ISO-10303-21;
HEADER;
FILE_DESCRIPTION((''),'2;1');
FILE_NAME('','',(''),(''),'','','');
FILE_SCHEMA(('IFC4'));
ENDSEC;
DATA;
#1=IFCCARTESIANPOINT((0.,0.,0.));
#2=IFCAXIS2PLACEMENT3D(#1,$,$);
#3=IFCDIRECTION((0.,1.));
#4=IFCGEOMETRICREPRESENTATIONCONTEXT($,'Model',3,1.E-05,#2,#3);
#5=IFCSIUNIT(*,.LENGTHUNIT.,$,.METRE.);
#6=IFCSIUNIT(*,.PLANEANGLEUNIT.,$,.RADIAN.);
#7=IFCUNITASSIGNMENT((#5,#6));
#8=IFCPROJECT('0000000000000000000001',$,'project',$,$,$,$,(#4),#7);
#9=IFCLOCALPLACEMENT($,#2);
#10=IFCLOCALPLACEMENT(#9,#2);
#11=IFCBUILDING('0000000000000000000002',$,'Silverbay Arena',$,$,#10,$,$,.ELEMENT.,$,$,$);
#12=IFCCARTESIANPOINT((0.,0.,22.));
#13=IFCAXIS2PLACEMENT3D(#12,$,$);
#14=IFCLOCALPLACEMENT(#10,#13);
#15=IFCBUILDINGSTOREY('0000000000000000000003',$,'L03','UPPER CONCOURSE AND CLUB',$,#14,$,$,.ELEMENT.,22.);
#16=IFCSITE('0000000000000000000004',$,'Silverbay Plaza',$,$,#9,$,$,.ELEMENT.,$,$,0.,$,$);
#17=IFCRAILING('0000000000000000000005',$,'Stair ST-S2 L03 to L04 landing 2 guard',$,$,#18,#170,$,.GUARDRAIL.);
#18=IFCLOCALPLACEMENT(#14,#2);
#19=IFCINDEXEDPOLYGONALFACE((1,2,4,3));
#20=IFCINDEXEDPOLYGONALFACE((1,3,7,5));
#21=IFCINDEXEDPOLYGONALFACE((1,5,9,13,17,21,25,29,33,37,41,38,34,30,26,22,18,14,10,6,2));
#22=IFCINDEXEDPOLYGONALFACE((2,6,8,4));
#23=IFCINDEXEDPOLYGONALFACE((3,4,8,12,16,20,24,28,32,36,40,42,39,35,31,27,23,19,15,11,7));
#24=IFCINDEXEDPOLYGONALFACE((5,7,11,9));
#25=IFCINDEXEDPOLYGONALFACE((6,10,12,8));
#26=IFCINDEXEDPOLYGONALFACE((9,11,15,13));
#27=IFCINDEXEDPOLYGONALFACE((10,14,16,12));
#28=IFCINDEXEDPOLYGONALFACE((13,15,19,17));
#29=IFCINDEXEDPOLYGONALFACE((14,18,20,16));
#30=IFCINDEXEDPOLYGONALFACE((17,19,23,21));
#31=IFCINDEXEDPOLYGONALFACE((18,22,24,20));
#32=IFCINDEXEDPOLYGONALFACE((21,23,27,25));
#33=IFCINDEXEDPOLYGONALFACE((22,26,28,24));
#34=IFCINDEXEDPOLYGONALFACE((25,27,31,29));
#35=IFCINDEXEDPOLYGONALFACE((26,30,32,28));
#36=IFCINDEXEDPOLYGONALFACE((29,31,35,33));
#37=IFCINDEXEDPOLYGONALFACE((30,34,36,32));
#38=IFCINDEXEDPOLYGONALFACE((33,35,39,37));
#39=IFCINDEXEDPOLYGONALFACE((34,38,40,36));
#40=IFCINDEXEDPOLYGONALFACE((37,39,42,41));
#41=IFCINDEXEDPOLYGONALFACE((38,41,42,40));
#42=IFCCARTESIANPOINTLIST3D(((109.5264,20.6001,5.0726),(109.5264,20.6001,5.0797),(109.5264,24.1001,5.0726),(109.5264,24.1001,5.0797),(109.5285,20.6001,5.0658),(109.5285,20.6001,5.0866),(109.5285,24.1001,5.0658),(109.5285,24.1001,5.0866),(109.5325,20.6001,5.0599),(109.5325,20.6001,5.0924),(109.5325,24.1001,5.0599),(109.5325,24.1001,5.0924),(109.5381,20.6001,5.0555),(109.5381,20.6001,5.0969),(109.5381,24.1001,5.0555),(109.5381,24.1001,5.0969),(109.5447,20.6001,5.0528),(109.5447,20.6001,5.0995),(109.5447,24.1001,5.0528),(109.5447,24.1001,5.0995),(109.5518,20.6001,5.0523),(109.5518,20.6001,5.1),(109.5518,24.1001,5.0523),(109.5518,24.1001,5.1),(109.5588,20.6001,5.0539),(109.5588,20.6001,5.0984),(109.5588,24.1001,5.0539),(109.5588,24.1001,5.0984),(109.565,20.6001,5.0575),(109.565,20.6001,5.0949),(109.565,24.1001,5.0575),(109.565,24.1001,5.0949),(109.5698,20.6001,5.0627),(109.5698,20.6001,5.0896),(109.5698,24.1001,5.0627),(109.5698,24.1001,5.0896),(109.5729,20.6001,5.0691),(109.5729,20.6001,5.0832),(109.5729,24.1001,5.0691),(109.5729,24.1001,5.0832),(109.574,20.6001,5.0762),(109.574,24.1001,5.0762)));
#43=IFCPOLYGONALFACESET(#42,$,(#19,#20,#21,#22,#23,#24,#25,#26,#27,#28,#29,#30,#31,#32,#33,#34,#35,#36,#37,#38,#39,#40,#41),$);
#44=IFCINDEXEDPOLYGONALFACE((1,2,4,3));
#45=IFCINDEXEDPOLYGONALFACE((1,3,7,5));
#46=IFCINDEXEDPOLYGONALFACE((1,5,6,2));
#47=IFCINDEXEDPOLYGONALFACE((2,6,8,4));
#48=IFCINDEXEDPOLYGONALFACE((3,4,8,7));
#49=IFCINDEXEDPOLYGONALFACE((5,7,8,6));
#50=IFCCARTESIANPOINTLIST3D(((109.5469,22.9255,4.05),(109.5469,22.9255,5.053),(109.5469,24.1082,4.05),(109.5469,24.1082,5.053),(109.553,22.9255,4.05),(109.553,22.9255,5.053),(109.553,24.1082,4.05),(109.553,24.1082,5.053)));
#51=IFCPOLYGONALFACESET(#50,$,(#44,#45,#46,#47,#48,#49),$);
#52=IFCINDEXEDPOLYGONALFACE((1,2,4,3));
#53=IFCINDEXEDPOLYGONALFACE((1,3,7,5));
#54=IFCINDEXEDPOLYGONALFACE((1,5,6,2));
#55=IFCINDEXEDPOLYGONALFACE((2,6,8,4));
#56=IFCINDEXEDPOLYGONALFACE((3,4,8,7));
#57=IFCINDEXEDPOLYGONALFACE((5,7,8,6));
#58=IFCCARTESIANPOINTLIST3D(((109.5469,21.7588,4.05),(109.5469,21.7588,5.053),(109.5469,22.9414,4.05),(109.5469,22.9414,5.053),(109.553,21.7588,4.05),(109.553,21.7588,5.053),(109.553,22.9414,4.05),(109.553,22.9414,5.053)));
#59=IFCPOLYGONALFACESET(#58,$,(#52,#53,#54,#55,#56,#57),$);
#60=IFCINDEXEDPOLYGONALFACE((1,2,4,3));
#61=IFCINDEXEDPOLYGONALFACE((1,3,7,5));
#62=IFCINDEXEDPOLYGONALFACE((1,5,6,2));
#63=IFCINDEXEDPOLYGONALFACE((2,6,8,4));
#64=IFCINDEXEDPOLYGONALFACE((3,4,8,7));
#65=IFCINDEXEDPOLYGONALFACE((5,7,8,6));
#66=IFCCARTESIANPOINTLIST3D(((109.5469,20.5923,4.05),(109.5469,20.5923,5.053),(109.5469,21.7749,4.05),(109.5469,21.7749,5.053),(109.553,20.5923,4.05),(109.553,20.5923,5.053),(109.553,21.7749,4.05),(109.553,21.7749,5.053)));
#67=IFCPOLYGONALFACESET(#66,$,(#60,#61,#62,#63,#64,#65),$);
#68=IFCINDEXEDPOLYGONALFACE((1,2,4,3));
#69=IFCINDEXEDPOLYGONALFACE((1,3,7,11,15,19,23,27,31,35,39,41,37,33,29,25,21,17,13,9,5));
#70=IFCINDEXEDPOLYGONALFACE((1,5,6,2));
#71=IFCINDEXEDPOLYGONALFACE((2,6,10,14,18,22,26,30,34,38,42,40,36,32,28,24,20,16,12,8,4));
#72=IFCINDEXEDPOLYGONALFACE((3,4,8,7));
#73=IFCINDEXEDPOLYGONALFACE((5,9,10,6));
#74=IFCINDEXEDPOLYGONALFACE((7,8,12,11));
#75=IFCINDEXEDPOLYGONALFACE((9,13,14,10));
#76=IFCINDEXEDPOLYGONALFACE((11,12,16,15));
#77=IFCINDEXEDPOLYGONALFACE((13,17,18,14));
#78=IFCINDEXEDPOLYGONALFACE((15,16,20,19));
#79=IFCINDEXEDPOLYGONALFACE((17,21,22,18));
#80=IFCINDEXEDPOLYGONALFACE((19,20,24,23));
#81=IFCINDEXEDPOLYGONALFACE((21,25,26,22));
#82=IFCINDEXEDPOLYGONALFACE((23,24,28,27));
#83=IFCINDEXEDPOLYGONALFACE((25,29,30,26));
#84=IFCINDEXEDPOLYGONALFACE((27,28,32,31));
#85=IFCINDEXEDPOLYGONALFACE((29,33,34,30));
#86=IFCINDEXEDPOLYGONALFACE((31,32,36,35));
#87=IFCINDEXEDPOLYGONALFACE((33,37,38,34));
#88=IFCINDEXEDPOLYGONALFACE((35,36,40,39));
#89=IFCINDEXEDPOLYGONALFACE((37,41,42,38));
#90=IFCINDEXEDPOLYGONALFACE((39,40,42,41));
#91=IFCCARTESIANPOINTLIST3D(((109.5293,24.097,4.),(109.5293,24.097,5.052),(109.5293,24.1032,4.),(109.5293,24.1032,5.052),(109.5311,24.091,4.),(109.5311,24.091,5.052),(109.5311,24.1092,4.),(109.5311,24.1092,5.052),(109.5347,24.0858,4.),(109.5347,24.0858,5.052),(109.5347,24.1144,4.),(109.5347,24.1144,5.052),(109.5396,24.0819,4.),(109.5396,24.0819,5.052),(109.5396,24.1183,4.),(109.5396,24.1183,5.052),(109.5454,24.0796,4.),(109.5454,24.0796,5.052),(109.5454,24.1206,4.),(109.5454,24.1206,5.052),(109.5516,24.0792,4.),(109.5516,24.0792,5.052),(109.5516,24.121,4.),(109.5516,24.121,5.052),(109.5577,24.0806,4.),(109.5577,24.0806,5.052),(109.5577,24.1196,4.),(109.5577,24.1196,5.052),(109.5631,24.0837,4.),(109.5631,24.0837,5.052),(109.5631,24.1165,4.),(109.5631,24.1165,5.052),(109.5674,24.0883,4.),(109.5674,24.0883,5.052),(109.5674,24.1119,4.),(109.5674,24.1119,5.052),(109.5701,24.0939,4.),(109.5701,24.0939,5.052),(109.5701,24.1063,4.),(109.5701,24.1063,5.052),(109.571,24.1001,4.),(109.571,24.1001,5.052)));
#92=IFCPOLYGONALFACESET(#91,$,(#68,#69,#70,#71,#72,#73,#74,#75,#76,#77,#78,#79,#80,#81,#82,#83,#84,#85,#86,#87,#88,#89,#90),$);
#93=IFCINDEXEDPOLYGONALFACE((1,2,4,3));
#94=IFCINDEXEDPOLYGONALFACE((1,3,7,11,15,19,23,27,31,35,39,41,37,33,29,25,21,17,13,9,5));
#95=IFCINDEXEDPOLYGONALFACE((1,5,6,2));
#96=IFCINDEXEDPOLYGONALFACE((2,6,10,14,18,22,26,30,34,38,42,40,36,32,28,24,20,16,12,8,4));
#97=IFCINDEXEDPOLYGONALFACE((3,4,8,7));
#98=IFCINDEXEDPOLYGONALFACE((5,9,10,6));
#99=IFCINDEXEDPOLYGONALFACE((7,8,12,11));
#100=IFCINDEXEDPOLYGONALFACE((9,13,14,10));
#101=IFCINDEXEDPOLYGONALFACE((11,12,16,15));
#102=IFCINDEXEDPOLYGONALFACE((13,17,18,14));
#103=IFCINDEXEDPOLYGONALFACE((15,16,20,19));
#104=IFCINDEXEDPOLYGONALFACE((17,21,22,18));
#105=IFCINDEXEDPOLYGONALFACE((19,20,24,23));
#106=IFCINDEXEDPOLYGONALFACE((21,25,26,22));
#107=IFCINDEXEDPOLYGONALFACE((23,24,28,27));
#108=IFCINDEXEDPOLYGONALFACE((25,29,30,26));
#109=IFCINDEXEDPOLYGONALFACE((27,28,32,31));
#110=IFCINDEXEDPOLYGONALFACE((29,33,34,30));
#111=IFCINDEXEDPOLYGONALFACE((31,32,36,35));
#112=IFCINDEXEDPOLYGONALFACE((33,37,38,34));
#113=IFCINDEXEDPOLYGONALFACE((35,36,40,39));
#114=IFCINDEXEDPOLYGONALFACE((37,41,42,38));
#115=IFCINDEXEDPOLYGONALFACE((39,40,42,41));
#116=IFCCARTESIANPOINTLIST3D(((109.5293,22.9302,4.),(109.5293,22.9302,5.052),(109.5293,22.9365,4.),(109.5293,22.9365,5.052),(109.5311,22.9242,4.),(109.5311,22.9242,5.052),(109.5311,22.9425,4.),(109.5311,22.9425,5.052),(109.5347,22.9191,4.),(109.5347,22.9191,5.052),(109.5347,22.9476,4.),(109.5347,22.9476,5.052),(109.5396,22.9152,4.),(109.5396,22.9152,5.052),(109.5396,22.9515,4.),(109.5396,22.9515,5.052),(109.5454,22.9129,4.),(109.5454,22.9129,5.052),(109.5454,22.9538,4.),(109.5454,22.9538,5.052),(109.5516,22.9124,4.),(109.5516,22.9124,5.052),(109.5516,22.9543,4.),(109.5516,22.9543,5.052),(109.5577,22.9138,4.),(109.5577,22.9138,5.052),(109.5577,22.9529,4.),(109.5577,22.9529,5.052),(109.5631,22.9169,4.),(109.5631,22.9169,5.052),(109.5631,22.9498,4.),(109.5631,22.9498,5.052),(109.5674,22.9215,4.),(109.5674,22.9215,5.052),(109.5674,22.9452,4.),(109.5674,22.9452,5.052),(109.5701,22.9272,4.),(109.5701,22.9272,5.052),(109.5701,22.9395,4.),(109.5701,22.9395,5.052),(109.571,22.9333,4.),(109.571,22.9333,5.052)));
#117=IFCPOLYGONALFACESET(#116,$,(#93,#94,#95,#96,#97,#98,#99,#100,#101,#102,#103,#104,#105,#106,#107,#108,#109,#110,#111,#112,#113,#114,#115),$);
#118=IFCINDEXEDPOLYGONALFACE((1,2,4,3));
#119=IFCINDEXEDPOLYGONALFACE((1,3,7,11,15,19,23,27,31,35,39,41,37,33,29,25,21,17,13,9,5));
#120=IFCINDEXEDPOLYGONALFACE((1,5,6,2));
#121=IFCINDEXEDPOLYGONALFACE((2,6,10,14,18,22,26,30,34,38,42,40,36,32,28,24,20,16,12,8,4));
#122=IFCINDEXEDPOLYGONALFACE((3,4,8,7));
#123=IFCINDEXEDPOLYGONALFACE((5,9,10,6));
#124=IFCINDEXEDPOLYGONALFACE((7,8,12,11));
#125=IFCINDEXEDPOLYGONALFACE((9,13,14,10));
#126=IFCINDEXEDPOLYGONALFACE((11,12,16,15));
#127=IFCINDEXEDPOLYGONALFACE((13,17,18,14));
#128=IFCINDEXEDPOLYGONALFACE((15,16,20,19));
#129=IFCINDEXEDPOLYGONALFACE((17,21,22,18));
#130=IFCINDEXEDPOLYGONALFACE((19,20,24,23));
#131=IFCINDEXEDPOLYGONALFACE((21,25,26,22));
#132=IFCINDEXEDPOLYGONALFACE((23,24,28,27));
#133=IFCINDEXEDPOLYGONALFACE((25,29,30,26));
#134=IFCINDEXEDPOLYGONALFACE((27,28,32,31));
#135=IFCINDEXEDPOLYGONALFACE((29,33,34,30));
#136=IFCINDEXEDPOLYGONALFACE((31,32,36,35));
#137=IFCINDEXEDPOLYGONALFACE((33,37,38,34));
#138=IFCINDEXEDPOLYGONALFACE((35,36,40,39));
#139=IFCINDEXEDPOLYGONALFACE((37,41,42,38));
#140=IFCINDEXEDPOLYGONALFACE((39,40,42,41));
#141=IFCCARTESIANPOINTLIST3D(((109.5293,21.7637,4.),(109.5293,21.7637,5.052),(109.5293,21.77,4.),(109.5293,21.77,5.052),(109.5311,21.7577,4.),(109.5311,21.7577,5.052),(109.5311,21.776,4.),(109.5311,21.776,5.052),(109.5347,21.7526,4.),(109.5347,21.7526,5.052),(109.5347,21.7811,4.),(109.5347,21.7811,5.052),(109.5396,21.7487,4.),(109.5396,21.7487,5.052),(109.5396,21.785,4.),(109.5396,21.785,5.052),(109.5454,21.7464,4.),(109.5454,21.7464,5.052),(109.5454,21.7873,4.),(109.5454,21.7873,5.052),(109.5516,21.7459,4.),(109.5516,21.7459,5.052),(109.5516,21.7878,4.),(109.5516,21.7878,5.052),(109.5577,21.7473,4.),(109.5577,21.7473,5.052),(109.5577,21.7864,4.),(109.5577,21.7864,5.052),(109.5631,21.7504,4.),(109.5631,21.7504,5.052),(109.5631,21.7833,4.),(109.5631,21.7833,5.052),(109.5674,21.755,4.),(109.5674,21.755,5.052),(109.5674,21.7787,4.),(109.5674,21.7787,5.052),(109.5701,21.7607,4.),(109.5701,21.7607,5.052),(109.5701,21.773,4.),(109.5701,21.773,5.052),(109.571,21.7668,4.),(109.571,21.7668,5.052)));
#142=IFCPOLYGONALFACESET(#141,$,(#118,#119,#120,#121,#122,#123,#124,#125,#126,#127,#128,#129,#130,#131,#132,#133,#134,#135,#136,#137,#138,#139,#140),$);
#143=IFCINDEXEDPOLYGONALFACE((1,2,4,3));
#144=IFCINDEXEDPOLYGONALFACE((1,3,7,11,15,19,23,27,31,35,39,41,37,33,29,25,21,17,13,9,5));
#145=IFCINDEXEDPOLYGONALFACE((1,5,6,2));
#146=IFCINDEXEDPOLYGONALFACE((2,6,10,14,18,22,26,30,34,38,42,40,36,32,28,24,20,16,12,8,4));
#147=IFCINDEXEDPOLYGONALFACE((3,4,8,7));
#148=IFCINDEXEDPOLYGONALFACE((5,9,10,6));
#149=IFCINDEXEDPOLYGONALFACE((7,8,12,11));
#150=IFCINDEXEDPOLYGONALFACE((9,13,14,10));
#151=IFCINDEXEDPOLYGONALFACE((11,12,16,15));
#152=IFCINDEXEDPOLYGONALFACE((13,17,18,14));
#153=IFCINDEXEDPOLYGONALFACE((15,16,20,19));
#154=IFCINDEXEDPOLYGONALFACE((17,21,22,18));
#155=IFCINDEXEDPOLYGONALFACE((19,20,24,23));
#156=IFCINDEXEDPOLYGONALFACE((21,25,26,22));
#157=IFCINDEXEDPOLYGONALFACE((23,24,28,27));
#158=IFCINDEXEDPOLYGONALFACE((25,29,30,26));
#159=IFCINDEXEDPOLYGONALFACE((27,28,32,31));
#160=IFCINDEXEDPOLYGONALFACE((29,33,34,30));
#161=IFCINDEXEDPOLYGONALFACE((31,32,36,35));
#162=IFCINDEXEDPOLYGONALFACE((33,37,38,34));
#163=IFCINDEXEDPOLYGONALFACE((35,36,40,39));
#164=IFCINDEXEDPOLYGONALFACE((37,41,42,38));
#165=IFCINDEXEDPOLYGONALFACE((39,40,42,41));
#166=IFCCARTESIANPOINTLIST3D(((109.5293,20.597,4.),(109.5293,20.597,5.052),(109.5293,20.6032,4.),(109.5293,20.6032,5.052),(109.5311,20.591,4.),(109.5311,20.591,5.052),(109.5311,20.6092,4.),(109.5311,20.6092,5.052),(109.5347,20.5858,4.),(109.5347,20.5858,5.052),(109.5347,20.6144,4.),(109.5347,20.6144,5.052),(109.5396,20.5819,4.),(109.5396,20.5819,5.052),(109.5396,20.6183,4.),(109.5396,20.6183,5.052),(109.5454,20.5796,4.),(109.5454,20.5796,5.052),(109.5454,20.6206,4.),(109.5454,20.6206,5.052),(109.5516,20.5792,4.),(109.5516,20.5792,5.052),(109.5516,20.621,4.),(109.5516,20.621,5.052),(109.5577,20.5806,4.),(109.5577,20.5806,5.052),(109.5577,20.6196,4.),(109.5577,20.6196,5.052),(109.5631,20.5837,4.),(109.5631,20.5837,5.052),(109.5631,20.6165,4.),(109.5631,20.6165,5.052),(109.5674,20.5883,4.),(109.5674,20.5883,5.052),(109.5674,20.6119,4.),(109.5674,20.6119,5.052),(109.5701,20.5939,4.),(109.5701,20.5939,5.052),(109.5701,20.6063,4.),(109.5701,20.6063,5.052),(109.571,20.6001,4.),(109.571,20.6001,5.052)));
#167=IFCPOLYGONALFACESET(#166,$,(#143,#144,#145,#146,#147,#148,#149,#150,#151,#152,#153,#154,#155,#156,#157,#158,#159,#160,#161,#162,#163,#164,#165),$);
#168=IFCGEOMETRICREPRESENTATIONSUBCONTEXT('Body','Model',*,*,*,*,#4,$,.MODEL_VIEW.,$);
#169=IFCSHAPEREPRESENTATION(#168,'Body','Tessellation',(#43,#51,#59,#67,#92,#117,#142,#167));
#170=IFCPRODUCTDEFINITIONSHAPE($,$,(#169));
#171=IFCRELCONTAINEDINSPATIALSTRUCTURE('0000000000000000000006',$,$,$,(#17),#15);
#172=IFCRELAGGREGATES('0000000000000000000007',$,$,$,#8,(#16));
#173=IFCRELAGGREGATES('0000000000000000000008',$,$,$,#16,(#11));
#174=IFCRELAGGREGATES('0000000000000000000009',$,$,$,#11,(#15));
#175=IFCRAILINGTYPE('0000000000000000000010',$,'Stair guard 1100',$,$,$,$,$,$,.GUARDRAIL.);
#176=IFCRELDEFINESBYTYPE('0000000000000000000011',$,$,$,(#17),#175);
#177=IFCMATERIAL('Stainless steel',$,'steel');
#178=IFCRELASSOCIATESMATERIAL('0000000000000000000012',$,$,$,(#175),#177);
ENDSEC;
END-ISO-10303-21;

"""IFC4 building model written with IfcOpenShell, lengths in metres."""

from ifc_helpers import new_model, si_unit, direction, frame, origin, origin_2d, place, context, subcontext, project, spatial, polyline, circle, outline, extrude, material, type_object, element, save


model = new_model("IFC4")

# Units and contexts
model_context = context("Model", 3, precision=1e-05, world=origin(), true_north=direction((0.0, 1.0)))
body_context = subcontext(model_context, "Body", "Model", "MODEL_VIEW")
ifc_project = project(units=[si_unit("LENGTHUNIT", "METRE"), si_unit("PLANEANGLEUNIT", "RADIAN")], contexts=[model_context])

# Site, building, storey
site_placement = place(None, origin())
site = spatial("IfcSite", under=ifc_project, at=site_placement, Name="Silverbay Plaza", CompositionType="ELEMENT", RefElevation=0.0)
building_placement = place(site_placement, origin())
building = spatial("IfcBuilding", under=site, at=building_placement, Name="Silverbay Arena", CompositionType="ELEMENT")
storey_placement = place(building_placement, frame((0.0, 0.0, 22.0)))
storey = spatial("IfcBuildingStorey", under=building, at=storey_placement, Name="L03", Description="UPPER CONCOURSE AND CLUB", CompositionType="ELEMENT", Elevation=22.0)

# Railing
ifc_material_1 = material(Name="Stainless steel", Category="steel")
railing_type_1 = type_object("IfcRailingType", Name="Stair guard 1100", PredefinedType="GUARDRAIL", material=ifc_material_1)
for number, where, name in (
    (1, (109.55, 24.1001, 4.0), "Stair ST-S2 L03 to L04 landing 2 guard"),
):
    element("IfcRailing", number, at=place(storey_placement, frame(where)), inside=storey, type_object=railing_type_1, Name=name, PredefinedType="GUARDRAIL", context=body_context, shape_type="SweptSolid", body=[
        extrude(circle(Radius=0.0239, at=origin_2d()), frame((0.0, 0.0, 1.0762), z_axis=(0.0, -1.0, 0.0), x_axis=(1.0, 0.0, 0.0)), (0.0, 0.0, 1.0), 3.5),
        extrude(outline(polyline([(-0.0081, 0.05), (1.1746, 0.05), (1.1746, 1.053), (-0.0081, 1.053), (-0.0081, 0.05)])), frame((0.0029, 0.0, 0.0), z_axis=(-1.0, 0.0, 0.0), x_axis=(0.0, -1.0, 0.0)), (0.0, 0.0, 1.0), 0.0061),
        extrude(outline(polyline([(-0.0081, 0.05), (1.1746, 0.05), (1.1746, 1.053), (-0.0081, 1.053), (-0.0081, 0.05)])), frame((0.0029, -1.1667, 0.0), z_axis=(-1.0, 0.0, 0.0), x_axis=(0.0, -1.0, 0.0)), (0.0, 0.0, 1.0), 0.0061),
        extrude(outline(polyline([(-0.0081, 0.05), (1.1746, 0.05), (1.1746, 1.053), (-0.0081, 1.053), (-0.0081, 0.05)])), frame((0.0029, -2.3333, 0.0), z_axis=(-1.0, 0.0, 0.0), x_axis=(0.0, -1.0, 0.0)), (0.0, 0.0, 1.0), 0.0061),
        extrude(circle(Radius=0.021, at=origin_2d()), origin(), (0.0, 0.0, 1.0), 1.052),
        extrude(circle(Radius=0.021, at=origin_2d()), frame((0.0, -1.1667, 0.0)), (0.0, 0.0, 1.0), 1.052),
        extrude(circle(Radius=0.021, at=origin_2d()), frame((0.0, -2.3333, 0.0)), (0.0, 0.0, 1.0), 1.052),
        extrude(circle(Radius=0.021, at=origin_2d()), frame((0.0, -3.5, 0.0)), (0.0, 0.0, 1.0), 1.052),
    ])

save(model, "model.ifc")
